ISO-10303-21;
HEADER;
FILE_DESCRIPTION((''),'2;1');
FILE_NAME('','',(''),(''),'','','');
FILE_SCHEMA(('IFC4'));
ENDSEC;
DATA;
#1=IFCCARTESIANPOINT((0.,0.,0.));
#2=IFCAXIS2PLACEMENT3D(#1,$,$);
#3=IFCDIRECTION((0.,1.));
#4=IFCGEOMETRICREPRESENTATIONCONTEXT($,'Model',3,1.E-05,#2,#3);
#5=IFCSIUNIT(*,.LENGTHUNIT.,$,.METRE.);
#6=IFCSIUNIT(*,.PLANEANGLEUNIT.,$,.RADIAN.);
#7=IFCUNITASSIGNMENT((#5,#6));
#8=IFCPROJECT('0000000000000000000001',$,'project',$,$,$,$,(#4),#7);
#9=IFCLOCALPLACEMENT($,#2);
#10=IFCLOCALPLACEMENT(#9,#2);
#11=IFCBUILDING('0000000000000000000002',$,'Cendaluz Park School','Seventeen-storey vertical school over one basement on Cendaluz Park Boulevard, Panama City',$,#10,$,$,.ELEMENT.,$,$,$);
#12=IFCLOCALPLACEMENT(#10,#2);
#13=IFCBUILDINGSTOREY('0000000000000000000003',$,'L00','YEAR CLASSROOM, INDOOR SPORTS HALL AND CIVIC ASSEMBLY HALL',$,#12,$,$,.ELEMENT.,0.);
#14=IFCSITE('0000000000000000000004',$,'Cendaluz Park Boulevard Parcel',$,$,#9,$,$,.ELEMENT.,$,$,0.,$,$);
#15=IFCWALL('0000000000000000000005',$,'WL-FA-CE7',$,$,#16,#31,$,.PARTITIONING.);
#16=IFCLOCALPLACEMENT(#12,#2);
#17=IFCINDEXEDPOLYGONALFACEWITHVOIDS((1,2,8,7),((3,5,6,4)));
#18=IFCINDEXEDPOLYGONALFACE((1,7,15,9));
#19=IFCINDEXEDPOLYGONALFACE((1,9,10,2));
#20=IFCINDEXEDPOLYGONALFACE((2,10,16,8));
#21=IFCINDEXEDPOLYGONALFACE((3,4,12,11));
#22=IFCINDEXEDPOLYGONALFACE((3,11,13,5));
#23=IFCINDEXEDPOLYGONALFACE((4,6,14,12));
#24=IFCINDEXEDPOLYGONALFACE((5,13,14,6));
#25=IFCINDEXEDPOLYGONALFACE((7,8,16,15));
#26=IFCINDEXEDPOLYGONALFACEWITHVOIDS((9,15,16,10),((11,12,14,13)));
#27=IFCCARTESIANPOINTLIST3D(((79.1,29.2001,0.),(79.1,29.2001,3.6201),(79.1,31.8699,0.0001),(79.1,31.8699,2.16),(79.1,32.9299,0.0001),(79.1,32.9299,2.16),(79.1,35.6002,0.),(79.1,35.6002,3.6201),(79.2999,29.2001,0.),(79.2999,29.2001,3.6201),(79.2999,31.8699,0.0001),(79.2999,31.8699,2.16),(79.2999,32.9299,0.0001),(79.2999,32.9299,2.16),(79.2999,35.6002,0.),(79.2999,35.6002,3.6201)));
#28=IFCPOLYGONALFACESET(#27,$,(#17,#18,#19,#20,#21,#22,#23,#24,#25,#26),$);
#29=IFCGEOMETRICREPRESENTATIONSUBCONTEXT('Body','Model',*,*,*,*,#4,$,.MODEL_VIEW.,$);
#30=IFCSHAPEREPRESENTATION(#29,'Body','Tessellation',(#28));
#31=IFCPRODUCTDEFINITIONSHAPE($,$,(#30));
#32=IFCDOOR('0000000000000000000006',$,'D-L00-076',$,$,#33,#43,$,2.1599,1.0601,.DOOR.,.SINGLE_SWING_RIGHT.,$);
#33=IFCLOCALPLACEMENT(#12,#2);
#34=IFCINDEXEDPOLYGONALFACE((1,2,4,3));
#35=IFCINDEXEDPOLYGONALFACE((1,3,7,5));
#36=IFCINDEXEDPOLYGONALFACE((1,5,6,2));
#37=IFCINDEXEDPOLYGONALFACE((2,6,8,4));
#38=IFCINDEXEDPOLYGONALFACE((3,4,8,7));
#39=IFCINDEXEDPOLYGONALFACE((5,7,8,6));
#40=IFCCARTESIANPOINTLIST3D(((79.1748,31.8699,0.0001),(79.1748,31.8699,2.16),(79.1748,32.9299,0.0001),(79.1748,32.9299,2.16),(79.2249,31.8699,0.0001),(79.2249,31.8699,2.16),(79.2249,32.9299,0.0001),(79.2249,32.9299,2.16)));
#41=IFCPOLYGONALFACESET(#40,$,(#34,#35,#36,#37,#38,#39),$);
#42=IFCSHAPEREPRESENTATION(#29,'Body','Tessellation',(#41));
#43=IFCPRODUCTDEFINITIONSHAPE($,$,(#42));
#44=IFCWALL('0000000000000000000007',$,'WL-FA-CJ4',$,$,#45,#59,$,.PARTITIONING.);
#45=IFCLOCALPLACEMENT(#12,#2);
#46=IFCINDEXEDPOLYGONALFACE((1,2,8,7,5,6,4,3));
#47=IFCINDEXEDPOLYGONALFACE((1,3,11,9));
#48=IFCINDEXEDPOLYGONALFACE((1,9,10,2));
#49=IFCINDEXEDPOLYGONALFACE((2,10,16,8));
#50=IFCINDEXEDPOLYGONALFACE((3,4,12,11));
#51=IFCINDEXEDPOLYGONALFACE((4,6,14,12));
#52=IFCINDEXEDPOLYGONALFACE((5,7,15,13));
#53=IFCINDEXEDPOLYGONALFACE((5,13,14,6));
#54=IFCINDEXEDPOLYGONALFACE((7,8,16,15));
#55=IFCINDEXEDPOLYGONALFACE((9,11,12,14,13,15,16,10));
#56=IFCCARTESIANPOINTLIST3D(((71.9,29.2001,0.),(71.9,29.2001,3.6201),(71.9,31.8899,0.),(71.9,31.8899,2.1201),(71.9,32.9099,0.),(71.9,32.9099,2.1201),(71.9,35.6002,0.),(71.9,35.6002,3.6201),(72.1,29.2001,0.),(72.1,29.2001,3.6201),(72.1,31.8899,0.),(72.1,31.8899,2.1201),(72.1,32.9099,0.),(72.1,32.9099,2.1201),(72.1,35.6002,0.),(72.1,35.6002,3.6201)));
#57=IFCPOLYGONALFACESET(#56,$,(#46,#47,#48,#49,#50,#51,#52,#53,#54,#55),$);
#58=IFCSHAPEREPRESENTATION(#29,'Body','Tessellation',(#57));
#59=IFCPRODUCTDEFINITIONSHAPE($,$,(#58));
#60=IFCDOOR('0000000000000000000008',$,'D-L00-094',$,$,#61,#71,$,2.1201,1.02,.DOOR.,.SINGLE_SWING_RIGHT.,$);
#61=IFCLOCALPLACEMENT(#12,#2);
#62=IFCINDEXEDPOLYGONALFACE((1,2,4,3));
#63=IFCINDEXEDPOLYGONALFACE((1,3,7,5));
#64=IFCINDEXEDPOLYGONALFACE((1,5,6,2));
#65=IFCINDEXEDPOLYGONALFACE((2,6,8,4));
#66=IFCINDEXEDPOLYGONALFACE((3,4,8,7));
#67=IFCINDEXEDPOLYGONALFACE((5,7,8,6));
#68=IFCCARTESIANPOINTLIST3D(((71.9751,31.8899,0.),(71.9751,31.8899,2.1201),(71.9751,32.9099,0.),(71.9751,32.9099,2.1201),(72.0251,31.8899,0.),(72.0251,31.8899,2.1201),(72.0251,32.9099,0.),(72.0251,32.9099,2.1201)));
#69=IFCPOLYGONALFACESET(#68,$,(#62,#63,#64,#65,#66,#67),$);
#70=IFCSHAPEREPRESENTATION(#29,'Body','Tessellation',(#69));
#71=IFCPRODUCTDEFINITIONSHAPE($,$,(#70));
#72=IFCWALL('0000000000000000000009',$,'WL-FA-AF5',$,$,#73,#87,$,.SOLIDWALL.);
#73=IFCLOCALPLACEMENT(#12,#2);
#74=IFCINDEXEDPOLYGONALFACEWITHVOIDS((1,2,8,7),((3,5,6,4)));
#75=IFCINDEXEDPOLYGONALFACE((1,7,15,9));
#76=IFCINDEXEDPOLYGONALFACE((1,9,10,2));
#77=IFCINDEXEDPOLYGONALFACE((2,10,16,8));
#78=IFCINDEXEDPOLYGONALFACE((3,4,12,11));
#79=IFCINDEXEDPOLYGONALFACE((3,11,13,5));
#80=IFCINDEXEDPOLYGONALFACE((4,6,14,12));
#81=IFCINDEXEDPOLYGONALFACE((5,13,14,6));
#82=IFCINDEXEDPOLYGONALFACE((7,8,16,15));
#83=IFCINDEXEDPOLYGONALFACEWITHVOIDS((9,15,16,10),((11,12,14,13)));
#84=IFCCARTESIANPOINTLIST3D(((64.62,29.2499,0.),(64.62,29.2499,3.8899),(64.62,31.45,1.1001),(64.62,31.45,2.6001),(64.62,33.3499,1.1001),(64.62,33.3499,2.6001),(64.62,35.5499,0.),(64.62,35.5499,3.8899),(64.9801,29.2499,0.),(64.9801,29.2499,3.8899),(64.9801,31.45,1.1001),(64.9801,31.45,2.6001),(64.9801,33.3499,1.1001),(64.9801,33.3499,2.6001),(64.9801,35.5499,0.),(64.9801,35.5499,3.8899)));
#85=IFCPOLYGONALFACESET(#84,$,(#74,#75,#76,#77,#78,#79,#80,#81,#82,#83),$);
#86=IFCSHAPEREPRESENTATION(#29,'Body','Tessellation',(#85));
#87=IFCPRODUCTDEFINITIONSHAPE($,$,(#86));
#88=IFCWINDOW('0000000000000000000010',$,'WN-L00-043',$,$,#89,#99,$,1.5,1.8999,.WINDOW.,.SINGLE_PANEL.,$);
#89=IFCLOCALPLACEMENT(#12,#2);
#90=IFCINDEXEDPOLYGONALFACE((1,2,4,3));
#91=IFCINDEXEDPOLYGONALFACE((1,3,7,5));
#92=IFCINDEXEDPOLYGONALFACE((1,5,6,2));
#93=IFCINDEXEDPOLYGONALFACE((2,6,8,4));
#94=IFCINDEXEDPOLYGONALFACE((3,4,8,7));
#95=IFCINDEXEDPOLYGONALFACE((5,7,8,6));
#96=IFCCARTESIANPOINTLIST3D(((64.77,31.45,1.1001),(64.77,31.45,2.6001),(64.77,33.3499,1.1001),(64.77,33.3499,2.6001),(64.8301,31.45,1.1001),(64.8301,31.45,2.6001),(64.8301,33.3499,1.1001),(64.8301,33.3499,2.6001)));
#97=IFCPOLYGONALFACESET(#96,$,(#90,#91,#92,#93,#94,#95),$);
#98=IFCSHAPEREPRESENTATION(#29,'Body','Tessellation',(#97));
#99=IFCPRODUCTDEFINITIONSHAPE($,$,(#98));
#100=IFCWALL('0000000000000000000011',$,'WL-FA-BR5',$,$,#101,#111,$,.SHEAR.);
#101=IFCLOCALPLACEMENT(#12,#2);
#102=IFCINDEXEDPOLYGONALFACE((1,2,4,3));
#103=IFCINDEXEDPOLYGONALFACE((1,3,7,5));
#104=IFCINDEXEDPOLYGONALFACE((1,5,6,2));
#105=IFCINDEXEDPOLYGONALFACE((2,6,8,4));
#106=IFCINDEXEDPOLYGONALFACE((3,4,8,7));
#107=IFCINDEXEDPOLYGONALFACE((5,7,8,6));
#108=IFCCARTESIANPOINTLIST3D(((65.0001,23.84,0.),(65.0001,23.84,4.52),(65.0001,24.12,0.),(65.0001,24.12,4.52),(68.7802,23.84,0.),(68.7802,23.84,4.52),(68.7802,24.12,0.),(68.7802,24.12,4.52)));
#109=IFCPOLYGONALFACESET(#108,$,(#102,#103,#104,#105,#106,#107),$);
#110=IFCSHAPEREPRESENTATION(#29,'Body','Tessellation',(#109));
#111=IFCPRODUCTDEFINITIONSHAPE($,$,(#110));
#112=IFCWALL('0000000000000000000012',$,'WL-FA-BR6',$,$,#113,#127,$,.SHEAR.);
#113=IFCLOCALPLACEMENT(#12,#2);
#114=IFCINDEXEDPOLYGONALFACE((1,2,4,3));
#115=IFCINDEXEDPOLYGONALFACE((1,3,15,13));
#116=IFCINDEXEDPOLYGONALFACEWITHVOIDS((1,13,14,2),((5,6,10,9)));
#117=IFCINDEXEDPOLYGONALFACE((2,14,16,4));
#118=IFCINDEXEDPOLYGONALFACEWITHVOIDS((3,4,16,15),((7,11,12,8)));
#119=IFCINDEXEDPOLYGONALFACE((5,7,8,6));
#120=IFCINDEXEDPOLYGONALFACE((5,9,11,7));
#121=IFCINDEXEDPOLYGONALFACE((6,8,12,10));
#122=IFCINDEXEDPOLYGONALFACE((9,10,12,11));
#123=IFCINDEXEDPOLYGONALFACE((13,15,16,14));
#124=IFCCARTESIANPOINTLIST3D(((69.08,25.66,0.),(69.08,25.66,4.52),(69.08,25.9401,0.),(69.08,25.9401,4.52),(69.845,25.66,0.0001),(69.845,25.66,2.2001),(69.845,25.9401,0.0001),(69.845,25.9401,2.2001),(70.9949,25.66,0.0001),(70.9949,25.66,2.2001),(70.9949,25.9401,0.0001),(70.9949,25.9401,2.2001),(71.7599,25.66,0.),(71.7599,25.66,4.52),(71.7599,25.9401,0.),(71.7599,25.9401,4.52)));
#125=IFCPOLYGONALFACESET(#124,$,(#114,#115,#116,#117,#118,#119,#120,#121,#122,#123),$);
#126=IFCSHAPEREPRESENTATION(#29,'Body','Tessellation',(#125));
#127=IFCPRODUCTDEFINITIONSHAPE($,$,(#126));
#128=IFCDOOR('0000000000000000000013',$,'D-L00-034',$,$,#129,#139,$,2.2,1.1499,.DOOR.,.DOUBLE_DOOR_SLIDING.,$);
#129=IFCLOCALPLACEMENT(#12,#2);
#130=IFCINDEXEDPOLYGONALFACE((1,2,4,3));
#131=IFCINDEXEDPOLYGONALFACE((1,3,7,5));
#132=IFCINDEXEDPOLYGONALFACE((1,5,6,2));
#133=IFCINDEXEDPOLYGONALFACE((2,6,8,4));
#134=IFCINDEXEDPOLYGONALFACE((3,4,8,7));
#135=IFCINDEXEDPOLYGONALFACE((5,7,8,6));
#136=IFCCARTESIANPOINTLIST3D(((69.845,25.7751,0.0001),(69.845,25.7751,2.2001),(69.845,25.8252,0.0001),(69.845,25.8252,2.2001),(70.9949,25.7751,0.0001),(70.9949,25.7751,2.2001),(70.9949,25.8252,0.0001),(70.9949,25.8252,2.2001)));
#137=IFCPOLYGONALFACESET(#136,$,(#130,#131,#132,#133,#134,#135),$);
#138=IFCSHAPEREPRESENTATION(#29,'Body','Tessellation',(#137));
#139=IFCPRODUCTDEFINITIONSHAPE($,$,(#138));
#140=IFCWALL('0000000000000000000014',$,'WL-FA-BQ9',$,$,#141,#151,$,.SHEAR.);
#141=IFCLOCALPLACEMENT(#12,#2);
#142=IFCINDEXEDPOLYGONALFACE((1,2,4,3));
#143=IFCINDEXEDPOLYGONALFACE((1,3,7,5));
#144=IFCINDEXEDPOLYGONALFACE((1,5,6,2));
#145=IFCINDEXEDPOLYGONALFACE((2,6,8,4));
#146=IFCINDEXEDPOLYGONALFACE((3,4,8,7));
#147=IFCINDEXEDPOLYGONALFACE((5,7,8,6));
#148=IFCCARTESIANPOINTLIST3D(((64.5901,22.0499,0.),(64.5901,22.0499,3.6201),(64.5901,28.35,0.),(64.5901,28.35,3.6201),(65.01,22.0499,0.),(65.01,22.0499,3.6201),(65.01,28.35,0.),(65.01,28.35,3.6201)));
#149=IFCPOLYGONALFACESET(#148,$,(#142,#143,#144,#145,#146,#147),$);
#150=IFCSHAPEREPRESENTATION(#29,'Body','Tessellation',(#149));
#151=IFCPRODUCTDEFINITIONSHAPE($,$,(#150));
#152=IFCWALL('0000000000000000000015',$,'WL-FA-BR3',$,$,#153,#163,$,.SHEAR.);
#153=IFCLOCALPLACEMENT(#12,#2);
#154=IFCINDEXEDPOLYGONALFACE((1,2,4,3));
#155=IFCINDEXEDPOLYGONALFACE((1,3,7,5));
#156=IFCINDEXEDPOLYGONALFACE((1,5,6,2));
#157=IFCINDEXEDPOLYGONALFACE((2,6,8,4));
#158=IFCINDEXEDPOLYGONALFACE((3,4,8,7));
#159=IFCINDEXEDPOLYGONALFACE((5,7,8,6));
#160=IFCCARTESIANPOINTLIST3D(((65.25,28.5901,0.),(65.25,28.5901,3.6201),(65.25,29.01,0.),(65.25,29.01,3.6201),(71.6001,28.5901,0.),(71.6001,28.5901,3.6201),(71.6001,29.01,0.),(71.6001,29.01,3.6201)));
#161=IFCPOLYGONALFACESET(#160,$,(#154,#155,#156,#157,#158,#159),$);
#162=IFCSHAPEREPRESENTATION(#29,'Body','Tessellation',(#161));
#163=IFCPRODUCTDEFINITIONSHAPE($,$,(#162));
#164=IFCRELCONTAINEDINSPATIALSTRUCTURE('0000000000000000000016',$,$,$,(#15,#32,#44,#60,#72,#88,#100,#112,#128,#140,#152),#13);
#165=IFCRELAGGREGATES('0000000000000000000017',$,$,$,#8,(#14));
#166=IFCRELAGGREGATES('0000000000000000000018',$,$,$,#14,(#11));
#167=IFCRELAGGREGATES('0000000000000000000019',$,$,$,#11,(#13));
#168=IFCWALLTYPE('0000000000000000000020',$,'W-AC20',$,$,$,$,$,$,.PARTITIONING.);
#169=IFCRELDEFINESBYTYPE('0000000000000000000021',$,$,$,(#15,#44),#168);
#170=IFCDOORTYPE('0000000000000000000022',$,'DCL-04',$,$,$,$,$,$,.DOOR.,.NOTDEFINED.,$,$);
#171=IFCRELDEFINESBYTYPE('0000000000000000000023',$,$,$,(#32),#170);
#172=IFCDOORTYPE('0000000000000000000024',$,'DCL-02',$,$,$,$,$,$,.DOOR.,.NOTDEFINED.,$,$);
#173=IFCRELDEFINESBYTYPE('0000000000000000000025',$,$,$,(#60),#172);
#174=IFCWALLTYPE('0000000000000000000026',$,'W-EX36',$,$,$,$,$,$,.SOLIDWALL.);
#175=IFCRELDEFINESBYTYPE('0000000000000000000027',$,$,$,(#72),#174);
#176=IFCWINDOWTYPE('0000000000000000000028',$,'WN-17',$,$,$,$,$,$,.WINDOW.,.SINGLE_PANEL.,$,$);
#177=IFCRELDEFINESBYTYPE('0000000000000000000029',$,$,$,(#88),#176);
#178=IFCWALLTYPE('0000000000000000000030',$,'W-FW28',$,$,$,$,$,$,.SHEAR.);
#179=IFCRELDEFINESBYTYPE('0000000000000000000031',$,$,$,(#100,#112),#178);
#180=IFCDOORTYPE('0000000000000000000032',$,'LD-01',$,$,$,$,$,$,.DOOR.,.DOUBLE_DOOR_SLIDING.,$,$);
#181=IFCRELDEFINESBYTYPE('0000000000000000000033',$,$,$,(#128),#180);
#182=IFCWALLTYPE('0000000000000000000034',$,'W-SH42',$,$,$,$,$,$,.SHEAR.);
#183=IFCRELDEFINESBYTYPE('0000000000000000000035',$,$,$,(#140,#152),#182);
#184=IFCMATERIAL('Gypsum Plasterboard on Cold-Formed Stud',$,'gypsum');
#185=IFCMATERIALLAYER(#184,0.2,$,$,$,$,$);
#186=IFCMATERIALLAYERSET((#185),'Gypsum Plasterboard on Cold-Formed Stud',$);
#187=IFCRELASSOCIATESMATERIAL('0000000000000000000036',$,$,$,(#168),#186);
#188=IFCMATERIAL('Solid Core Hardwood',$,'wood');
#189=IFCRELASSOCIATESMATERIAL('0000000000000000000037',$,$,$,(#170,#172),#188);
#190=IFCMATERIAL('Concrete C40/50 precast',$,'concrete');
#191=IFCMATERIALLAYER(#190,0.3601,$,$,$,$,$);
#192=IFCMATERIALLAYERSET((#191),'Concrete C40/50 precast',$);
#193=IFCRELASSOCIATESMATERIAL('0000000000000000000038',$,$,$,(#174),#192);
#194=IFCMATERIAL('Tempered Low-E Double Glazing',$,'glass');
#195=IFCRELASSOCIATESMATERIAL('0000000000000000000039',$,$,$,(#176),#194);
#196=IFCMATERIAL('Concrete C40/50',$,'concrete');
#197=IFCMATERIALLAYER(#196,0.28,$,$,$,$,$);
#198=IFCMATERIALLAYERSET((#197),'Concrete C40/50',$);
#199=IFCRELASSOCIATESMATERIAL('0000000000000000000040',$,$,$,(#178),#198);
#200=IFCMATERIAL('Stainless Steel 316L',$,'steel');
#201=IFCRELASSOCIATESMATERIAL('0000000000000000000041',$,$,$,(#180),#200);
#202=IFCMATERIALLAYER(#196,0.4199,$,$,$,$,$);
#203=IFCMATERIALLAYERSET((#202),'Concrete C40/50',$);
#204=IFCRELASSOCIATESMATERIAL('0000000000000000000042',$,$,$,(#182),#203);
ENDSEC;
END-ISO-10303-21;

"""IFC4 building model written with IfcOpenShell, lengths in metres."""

from ifc_helpers import new_model, si_unit, direction, frame, frame_2d, origin, place, context, subcontext, project, spatial, rectangle, extrude, material, layer, layer_set, type_object, element, fill, save


model = new_model("IFC4")

# Units and contexts
model_context = context("Model", 3, precision=1e-05, world=origin(), true_north=direction((0.0, 1.0)))
body_context = subcontext(model_context, "Body", "Model", "MODEL_VIEW")
ifc_project = project(units=[si_unit("LENGTHUNIT", "METRE"), si_unit("PLANEANGLEUNIT", "RADIAN")], contexts=[model_context])

# Site, building, storey
site_placement = place(None, origin())
site = spatial("IfcSite", under=ifc_project, at=site_placement, Name="Cendaluz Park Boulevard Parcel", CompositionType="ELEMENT", RefElevation=0.0)
building_placement = place(site_placement, origin())
building = spatial("IfcBuilding", under=site, at=building_placement, Name="Cendaluz Park School", Description="Seventeen-storey vertical school over one basement on Cendaluz Park Boulevard, Panama City", CompositionType="ELEMENT")
storey_placement = place(building_placement, origin())
storey = spatial("IfcBuildingStorey", under=building, at=storey_placement, Name="L00", Description="YEAR CLASSROOM, INDOOR SPORTS HALL AND CIVIC ASSEMBLY HALL", CompositionType="ELEMENT", Elevation=0.0)

# Shared definitions
ifc_material_1 = material(Name="Concrete C40/50", Category="concrete")

# Shared definitions
ifc_material_2 = material(Name="Gypsum Plasterboard on Cold-Formed Stud", Category="gypsum")
ifc_layer_1 = layer(ifc_material_2, 0.2)
ifc_layer_set_1 = layer_set([ifc_layer_1], Name="Gypsum Plasterboard on Cold-Formed Stud")
wall_type_1 = type_object("IfcWallType", Name="W-AC20", PredefinedType="PARTITIONING", material=ifc_layer_set_1)

# Walls, openings, doors
wall_1_placement = place(storey_placement, frame((79.2, 29.2, 0.0), z_axis=(0.0, 0.0, 1.0), x_axis=(0.0, 1.0, 0.0)))
wall_1 = element("IfcWall", 1, at=wall_1_placement, inside=storey, type_object=wall_type_1, Name="WL-FA-CE7", PredefinedType="PARTITIONING", context=body_context, shape_type="SweptSolid", body=[
    extrude(rectangle(XDim=6.4001, YDim=0.2, at=frame_2d((3.2002, 0.0))), origin(), (0.0, 0.0, 1.0), 3.6201),
])
opening_1_placement = place(wall_1_placement, frame((2.6699, 0.0, 0.0)))
opening_1 = element("IfcOpeningElement", 2, at=opening_1_placement, cuts=wall_1, PredefinedType="OPENING", context=body_context, shape_type="SweptSolid", body=[
    extrude(rectangle(XDim=1.0601, YDim=2.1599, at=frame_2d((0.53, 1.0801))), frame((0.0, 0.1121, 0.0), z_axis=(0.0, -1.0, 0.0), x_axis=(1.0, 0.0, 0.0)), (0.0, 0.0, 1.0), 0.2239),
])
ifc_material_3 = material(Name="Solid Core Hardwood", Category="wood")
door_type_1 = type_object("IfcDoorType", Name="DCL-04", OperationType="NOTDEFINED", PredefinedType="DOOR", material=ifc_material_3)
door_1_placement = place(opening_1_placement, frame((1.0601, 0.0, 0.0), z_axis=(0.0, 0.0, 1.0), x_axis=(-1.0, 0.0, 0.0)))
door_1 = element("IfcDoor", 3, at=door_1_placement, inside=storey, type_object=door_type_1, Name="D-L00-076", OperationType="SINGLE_SWING_RIGHT", OverallHeight=2.1599, OverallWidth=1.0601, PredefinedType="DOOR", context=body_context, shape_type="SweptSolid", body=[
    extrude(rectangle(XDim=1.0601, YDim=2.1599, at=frame_2d((0.53, 1.0801))), frame((0.0, 0.0249, 0.0), z_axis=(0.0, -1.0, 0.0), x_axis=(1.0, 0.0, 0.0)), (0.0, 0.0, 1.0), 0.05),
])
fill(opening_1, door_1)
wall_2_placement = place(storey_placement, frame((72.0, 29.2, 0.0), z_axis=(0.0, 0.0, 1.0), x_axis=(0.0, 1.0, 0.0)))
wall_2 = element("IfcWall", 4, at=wall_2_placement, inside=storey, type_object=wall_type_1, Name="WL-FA-CJ4", PredefinedType="PARTITIONING", context=body_context, shape_type="SweptSolid", body=[
    extrude(rectangle(XDim=6.4001, YDim=0.2, at=frame_2d((3.2002, 0.0))), origin(), (0.0, 0.0, 1.0), 3.6201),
])
opening_2_placement = place(wall_2_placement, frame((2.6899, 0.0, 0.0)))
opening_2 = element("IfcOpeningElement", 5, at=opening_2_placement, cuts=wall_2, PredefinedType="OPENING", context=body_context, shape_type="SweptSolid", body=[
    extrude(rectangle(XDim=1.02, YDim=2.1201, at=frame_2d((0.51, 1.0601))), frame((0.0, 0.1121, 0.0), z_axis=(0.0, -1.0, 0.0), x_axis=(1.0, 0.0, 0.0)), (0.0, 0.0, 1.0), 0.2239),
])
door_type_2 = type_object("IfcDoorType", Name="DCL-02", OperationType="NOTDEFINED", PredefinedType="DOOR", material=ifc_material_3)
door_2_placement = place(opening_2_placement, origin())
door_2 = element("IfcDoor", 6, at=door_2_placement, inside=storey, type_object=door_type_2, Name="D-L00-094", OperationType="SINGLE_SWING_RIGHT", OverallHeight=2.1201, OverallWidth=1.02, PredefinedType="DOOR", context=body_context, shape_type="SweptSolid", body=[
    extrude(rectangle(XDim=1.02, YDim=2.1201, at=frame_2d((0.51, 1.0601))), frame((0.0, 0.0249, 0.0), z_axis=(0.0, -1.0, 0.0), x_axis=(1.0, 0.0, 0.0)), (0.0, 0.0, 1.0), 0.05),
])
fill(opening_2, door_2)

# Wall, opening, window
ifc_material_4 = material(Name="Concrete C40/50 precast", Category="concrete")
ifc_layer_2 = layer(ifc_material_4, 0.3601)
ifc_layer_set_2 = layer_set([ifc_layer_2], Name="Concrete C40/50 precast")
wall_type_2 = type_object("IfcWallType", Name="W-EX36", PredefinedType="SOLIDWALL", material=ifc_layer_set_2)
wall_3_placement = place(storey_placement, frame((64.8, 29.25, 0.0), z_axis=(0.0, 0.0, 1.0), x_axis=(0.0, 1.0, 0.0)))
wall_3 = element("IfcWall", 7, at=wall_3_placement, inside=storey, type_object=wall_type_2, Name="WL-FA-AF5", PredefinedType="SOLIDWALL", context=body_context, shape_type="SweptSolid", body=[
    extrude(rectangle(XDim=6.3, YDim=0.3601, at=frame_2d((3.1499, 0.0))), origin(), (0.0, 0.0, 1.0), 3.8899),
])
opening_3_placement = place(wall_3_placement, frame((2.2, 0.0, 1.1001)))
opening_3 = element("IfcOpeningElement", 8, at=opening_3_placement, cuts=wall_3, PredefinedType="OPENING", context=body_context, shape_type="SweptSolid", body=[
    extrude(rectangle(XDim=1.8999, YDim=1.5, at=frame_2d((0.95, 0.75))), frame((0.0, 0.1921, 0.0), z_axis=(0.0, -1.0, 0.0), x_axis=(1.0, 0.0, 0.0)), (0.0, 0.0, 1.0), 0.384),
])
ifc_material_5 = material(Name="Tempered Low-E Double Glazing", Category="glass")
window_type = type_object("IfcWindowType", Name="WN-17", PartitioningType="SINGLE_PANEL", PredefinedType="WINDOW", material=ifc_material_5)
window_placement = place(opening_3_placement, origin())
window = element("IfcWindow", 9, at=window_placement, inside=storey, type_object=window_type, Name="WN-L00-043", OverallHeight=1.5, OverallWidth=1.8999, PartitioningType="SINGLE_PANEL", PredefinedType="WINDOW", context=body_context, shape_type="SweptSolid", body=[
    extrude(rectangle(XDim=1.8999, YDim=1.5, at=frame_2d((0.95, 0.75))), frame((0.0, 0.03, 0.0), z_axis=(0.0, -1.0, 0.0), x_axis=(1.0, 0.0, 0.0)), (0.0, 0.0, 1.0), 0.0601),
])
fill(opening_3, window)

# Wall
ifc_layer_3 = layer(ifc_material_1, 0.28)
ifc_layer_set_3 = layer_set([ifc_layer_3], Name="Concrete C40/50")
wall_type_3 = type_object("IfcWallType", Name="W-FW28", PredefinedType="SHEAR", material=ifc_layer_set_3)
wall_4_placement = place(storey_placement, frame((65.0, 23.98, 0.0), z_axis=(0.0, 0.0, 1.0), x_axis=(1.0, 0.0, 0.0)))
element("IfcWall", 10, at=wall_4_placement, inside=storey, type_object=wall_type_3, Name="WL-FA-BR5", PredefinedType="SHEAR", context=body_context, shape_type="SweptSolid", body=[
    extrude(rectangle(XDim=3.78, YDim=0.28, at=frame_2d((1.8901, 0.0))), origin(), (0.0, 0.0, 1.0), 4.52),
])

# Wall, opening, door
wall_5_placement = place(storey_placement, frame((69.0801, 25.8, 0.0), z_axis=(0.0, 0.0, 1.0), x_axis=(1.0, 0.0, 0.0)))
wall_5 = element("IfcWall", 11, at=wall_5_placement, inside=storey, type_object=wall_type_3, Name="WL-FA-BR6", PredefinedType="SHEAR", context=body_context, shape_type="SweptSolid", body=[
    extrude(rectangle(XDim=2.6799, YDim=0.28, at=frame_2d((1.3398, 0.0))), origin(), (0.0, 0.0, 1.0), 4.52),
])
opening_4_placement = place(wall_5_placement, frame((0.7649, 0.0, 0.0)))
opening_4 = element("IfcOpeningElement", 12, at=opening_4_placement, cuts=wall_5, PredefinedType="OPENING", context=body_context, shape_type="SweptSolid", body=[
    extrude(rectangle(XDim=1.1499, YDim=2.2, at=frame_2d((0.575, 1.1001))), frame((0.0, 0.1521, 0.0), z_axis=(0.0, -1.0, 0.0), x_axis=(1.0, 0.0, 0.0)), (0.0, 0.0, 1.0), 0.304),
])
ifc_material_6 = material(Name="Stainless Steel 316L", Category="steel")
door_type_3 = type_object("IfcDoorType", Name="LD-01", OperationType="DOUBLE_DOOR_SLIDING", PredefinedType="DOOR", material=ifc_material_6)
door_3_placement = place(opening_4_placement, frame((1.1499, 0.0, 0.0), z_axis=(0.0, 0.0, 1.0), x_axis=(-1.0, 0.0, 0.0)))
door_3 = element("IfcDoor", 13, at=door_3_placement, inside=storey, type_object=door_type_3, Name="D-L00-034", OperationType="DOUBLE_DOOR_SLIDING", OverallHeight=2.2, OverallWidth=1.1499, PredefinedType="DOOR", context=body_context, shape_type="SweptSolid", body=[
    extrude(rectangle(XDim=1.1499, YDim=2.2, at=frame_2d((0.575, 1.1001))), frame((0.0, 0.0249, 0.0), z_axis=(0.0, -1.0, 0.0), x_axis=(1.0, 0.0, 0.0)), (0.0, 0.0, 1.0), 0.05),
])
fill(opening_4, door_3)

# Walls
ifc_layer_4 = layer(ifc_material_1, 0.4199)
ifc_layer_set_4 = layer_set([ifc_layer_4], Name="Concrete C40/50")
wall_type_4 = type_object("IfcWallType", Name="W-SH42", PredefinedType="SHEAR", material=ifc_layer_set_4)
wall_6_placement = place(storey_placement, frame((64.8, 22.05, 0.0), z_axis=(0.0, 0.0, 1.0), x_axis=(0.0, 1.0, 0.0)))
element("IfcWall", 14, at=wall_6_placement, inside=storey, type_object=wall_type_4, Name="WL-FA-BQ9", PredefinedType="SHEAR", context=body_context, shape_type="SweptSolid", body=[
    extrude(rectangle(XDim=6.3, YDim=0.4199, at=frame_2d((3.1499, 0.0))), origin(), (0.0, 0.0, 1.0), 3.6201),
])
wall_7_placement = place(storey_placement, frame((65.25, 28.8, 0.0), z_axis=(0.0, 0.0, 1.0), x_axis=(1.0, 0.0, 0.0)))
element("IfcWall", 15, at=wall_7_placement, inside=storey, type_object=wall_type_4, Name="WL-FA-BR3", PredefinedType="SHEAR", context=body_context, shape_type="SweptSolid", body=[
    extrude(rectangle(XDim=6.3501, YDim=0.4199, at=frame_2d((3.175, 0.0))), origin(), (0.0, 0.0, 1.0), 3.6201),
])

save(model, "model.ifc")
